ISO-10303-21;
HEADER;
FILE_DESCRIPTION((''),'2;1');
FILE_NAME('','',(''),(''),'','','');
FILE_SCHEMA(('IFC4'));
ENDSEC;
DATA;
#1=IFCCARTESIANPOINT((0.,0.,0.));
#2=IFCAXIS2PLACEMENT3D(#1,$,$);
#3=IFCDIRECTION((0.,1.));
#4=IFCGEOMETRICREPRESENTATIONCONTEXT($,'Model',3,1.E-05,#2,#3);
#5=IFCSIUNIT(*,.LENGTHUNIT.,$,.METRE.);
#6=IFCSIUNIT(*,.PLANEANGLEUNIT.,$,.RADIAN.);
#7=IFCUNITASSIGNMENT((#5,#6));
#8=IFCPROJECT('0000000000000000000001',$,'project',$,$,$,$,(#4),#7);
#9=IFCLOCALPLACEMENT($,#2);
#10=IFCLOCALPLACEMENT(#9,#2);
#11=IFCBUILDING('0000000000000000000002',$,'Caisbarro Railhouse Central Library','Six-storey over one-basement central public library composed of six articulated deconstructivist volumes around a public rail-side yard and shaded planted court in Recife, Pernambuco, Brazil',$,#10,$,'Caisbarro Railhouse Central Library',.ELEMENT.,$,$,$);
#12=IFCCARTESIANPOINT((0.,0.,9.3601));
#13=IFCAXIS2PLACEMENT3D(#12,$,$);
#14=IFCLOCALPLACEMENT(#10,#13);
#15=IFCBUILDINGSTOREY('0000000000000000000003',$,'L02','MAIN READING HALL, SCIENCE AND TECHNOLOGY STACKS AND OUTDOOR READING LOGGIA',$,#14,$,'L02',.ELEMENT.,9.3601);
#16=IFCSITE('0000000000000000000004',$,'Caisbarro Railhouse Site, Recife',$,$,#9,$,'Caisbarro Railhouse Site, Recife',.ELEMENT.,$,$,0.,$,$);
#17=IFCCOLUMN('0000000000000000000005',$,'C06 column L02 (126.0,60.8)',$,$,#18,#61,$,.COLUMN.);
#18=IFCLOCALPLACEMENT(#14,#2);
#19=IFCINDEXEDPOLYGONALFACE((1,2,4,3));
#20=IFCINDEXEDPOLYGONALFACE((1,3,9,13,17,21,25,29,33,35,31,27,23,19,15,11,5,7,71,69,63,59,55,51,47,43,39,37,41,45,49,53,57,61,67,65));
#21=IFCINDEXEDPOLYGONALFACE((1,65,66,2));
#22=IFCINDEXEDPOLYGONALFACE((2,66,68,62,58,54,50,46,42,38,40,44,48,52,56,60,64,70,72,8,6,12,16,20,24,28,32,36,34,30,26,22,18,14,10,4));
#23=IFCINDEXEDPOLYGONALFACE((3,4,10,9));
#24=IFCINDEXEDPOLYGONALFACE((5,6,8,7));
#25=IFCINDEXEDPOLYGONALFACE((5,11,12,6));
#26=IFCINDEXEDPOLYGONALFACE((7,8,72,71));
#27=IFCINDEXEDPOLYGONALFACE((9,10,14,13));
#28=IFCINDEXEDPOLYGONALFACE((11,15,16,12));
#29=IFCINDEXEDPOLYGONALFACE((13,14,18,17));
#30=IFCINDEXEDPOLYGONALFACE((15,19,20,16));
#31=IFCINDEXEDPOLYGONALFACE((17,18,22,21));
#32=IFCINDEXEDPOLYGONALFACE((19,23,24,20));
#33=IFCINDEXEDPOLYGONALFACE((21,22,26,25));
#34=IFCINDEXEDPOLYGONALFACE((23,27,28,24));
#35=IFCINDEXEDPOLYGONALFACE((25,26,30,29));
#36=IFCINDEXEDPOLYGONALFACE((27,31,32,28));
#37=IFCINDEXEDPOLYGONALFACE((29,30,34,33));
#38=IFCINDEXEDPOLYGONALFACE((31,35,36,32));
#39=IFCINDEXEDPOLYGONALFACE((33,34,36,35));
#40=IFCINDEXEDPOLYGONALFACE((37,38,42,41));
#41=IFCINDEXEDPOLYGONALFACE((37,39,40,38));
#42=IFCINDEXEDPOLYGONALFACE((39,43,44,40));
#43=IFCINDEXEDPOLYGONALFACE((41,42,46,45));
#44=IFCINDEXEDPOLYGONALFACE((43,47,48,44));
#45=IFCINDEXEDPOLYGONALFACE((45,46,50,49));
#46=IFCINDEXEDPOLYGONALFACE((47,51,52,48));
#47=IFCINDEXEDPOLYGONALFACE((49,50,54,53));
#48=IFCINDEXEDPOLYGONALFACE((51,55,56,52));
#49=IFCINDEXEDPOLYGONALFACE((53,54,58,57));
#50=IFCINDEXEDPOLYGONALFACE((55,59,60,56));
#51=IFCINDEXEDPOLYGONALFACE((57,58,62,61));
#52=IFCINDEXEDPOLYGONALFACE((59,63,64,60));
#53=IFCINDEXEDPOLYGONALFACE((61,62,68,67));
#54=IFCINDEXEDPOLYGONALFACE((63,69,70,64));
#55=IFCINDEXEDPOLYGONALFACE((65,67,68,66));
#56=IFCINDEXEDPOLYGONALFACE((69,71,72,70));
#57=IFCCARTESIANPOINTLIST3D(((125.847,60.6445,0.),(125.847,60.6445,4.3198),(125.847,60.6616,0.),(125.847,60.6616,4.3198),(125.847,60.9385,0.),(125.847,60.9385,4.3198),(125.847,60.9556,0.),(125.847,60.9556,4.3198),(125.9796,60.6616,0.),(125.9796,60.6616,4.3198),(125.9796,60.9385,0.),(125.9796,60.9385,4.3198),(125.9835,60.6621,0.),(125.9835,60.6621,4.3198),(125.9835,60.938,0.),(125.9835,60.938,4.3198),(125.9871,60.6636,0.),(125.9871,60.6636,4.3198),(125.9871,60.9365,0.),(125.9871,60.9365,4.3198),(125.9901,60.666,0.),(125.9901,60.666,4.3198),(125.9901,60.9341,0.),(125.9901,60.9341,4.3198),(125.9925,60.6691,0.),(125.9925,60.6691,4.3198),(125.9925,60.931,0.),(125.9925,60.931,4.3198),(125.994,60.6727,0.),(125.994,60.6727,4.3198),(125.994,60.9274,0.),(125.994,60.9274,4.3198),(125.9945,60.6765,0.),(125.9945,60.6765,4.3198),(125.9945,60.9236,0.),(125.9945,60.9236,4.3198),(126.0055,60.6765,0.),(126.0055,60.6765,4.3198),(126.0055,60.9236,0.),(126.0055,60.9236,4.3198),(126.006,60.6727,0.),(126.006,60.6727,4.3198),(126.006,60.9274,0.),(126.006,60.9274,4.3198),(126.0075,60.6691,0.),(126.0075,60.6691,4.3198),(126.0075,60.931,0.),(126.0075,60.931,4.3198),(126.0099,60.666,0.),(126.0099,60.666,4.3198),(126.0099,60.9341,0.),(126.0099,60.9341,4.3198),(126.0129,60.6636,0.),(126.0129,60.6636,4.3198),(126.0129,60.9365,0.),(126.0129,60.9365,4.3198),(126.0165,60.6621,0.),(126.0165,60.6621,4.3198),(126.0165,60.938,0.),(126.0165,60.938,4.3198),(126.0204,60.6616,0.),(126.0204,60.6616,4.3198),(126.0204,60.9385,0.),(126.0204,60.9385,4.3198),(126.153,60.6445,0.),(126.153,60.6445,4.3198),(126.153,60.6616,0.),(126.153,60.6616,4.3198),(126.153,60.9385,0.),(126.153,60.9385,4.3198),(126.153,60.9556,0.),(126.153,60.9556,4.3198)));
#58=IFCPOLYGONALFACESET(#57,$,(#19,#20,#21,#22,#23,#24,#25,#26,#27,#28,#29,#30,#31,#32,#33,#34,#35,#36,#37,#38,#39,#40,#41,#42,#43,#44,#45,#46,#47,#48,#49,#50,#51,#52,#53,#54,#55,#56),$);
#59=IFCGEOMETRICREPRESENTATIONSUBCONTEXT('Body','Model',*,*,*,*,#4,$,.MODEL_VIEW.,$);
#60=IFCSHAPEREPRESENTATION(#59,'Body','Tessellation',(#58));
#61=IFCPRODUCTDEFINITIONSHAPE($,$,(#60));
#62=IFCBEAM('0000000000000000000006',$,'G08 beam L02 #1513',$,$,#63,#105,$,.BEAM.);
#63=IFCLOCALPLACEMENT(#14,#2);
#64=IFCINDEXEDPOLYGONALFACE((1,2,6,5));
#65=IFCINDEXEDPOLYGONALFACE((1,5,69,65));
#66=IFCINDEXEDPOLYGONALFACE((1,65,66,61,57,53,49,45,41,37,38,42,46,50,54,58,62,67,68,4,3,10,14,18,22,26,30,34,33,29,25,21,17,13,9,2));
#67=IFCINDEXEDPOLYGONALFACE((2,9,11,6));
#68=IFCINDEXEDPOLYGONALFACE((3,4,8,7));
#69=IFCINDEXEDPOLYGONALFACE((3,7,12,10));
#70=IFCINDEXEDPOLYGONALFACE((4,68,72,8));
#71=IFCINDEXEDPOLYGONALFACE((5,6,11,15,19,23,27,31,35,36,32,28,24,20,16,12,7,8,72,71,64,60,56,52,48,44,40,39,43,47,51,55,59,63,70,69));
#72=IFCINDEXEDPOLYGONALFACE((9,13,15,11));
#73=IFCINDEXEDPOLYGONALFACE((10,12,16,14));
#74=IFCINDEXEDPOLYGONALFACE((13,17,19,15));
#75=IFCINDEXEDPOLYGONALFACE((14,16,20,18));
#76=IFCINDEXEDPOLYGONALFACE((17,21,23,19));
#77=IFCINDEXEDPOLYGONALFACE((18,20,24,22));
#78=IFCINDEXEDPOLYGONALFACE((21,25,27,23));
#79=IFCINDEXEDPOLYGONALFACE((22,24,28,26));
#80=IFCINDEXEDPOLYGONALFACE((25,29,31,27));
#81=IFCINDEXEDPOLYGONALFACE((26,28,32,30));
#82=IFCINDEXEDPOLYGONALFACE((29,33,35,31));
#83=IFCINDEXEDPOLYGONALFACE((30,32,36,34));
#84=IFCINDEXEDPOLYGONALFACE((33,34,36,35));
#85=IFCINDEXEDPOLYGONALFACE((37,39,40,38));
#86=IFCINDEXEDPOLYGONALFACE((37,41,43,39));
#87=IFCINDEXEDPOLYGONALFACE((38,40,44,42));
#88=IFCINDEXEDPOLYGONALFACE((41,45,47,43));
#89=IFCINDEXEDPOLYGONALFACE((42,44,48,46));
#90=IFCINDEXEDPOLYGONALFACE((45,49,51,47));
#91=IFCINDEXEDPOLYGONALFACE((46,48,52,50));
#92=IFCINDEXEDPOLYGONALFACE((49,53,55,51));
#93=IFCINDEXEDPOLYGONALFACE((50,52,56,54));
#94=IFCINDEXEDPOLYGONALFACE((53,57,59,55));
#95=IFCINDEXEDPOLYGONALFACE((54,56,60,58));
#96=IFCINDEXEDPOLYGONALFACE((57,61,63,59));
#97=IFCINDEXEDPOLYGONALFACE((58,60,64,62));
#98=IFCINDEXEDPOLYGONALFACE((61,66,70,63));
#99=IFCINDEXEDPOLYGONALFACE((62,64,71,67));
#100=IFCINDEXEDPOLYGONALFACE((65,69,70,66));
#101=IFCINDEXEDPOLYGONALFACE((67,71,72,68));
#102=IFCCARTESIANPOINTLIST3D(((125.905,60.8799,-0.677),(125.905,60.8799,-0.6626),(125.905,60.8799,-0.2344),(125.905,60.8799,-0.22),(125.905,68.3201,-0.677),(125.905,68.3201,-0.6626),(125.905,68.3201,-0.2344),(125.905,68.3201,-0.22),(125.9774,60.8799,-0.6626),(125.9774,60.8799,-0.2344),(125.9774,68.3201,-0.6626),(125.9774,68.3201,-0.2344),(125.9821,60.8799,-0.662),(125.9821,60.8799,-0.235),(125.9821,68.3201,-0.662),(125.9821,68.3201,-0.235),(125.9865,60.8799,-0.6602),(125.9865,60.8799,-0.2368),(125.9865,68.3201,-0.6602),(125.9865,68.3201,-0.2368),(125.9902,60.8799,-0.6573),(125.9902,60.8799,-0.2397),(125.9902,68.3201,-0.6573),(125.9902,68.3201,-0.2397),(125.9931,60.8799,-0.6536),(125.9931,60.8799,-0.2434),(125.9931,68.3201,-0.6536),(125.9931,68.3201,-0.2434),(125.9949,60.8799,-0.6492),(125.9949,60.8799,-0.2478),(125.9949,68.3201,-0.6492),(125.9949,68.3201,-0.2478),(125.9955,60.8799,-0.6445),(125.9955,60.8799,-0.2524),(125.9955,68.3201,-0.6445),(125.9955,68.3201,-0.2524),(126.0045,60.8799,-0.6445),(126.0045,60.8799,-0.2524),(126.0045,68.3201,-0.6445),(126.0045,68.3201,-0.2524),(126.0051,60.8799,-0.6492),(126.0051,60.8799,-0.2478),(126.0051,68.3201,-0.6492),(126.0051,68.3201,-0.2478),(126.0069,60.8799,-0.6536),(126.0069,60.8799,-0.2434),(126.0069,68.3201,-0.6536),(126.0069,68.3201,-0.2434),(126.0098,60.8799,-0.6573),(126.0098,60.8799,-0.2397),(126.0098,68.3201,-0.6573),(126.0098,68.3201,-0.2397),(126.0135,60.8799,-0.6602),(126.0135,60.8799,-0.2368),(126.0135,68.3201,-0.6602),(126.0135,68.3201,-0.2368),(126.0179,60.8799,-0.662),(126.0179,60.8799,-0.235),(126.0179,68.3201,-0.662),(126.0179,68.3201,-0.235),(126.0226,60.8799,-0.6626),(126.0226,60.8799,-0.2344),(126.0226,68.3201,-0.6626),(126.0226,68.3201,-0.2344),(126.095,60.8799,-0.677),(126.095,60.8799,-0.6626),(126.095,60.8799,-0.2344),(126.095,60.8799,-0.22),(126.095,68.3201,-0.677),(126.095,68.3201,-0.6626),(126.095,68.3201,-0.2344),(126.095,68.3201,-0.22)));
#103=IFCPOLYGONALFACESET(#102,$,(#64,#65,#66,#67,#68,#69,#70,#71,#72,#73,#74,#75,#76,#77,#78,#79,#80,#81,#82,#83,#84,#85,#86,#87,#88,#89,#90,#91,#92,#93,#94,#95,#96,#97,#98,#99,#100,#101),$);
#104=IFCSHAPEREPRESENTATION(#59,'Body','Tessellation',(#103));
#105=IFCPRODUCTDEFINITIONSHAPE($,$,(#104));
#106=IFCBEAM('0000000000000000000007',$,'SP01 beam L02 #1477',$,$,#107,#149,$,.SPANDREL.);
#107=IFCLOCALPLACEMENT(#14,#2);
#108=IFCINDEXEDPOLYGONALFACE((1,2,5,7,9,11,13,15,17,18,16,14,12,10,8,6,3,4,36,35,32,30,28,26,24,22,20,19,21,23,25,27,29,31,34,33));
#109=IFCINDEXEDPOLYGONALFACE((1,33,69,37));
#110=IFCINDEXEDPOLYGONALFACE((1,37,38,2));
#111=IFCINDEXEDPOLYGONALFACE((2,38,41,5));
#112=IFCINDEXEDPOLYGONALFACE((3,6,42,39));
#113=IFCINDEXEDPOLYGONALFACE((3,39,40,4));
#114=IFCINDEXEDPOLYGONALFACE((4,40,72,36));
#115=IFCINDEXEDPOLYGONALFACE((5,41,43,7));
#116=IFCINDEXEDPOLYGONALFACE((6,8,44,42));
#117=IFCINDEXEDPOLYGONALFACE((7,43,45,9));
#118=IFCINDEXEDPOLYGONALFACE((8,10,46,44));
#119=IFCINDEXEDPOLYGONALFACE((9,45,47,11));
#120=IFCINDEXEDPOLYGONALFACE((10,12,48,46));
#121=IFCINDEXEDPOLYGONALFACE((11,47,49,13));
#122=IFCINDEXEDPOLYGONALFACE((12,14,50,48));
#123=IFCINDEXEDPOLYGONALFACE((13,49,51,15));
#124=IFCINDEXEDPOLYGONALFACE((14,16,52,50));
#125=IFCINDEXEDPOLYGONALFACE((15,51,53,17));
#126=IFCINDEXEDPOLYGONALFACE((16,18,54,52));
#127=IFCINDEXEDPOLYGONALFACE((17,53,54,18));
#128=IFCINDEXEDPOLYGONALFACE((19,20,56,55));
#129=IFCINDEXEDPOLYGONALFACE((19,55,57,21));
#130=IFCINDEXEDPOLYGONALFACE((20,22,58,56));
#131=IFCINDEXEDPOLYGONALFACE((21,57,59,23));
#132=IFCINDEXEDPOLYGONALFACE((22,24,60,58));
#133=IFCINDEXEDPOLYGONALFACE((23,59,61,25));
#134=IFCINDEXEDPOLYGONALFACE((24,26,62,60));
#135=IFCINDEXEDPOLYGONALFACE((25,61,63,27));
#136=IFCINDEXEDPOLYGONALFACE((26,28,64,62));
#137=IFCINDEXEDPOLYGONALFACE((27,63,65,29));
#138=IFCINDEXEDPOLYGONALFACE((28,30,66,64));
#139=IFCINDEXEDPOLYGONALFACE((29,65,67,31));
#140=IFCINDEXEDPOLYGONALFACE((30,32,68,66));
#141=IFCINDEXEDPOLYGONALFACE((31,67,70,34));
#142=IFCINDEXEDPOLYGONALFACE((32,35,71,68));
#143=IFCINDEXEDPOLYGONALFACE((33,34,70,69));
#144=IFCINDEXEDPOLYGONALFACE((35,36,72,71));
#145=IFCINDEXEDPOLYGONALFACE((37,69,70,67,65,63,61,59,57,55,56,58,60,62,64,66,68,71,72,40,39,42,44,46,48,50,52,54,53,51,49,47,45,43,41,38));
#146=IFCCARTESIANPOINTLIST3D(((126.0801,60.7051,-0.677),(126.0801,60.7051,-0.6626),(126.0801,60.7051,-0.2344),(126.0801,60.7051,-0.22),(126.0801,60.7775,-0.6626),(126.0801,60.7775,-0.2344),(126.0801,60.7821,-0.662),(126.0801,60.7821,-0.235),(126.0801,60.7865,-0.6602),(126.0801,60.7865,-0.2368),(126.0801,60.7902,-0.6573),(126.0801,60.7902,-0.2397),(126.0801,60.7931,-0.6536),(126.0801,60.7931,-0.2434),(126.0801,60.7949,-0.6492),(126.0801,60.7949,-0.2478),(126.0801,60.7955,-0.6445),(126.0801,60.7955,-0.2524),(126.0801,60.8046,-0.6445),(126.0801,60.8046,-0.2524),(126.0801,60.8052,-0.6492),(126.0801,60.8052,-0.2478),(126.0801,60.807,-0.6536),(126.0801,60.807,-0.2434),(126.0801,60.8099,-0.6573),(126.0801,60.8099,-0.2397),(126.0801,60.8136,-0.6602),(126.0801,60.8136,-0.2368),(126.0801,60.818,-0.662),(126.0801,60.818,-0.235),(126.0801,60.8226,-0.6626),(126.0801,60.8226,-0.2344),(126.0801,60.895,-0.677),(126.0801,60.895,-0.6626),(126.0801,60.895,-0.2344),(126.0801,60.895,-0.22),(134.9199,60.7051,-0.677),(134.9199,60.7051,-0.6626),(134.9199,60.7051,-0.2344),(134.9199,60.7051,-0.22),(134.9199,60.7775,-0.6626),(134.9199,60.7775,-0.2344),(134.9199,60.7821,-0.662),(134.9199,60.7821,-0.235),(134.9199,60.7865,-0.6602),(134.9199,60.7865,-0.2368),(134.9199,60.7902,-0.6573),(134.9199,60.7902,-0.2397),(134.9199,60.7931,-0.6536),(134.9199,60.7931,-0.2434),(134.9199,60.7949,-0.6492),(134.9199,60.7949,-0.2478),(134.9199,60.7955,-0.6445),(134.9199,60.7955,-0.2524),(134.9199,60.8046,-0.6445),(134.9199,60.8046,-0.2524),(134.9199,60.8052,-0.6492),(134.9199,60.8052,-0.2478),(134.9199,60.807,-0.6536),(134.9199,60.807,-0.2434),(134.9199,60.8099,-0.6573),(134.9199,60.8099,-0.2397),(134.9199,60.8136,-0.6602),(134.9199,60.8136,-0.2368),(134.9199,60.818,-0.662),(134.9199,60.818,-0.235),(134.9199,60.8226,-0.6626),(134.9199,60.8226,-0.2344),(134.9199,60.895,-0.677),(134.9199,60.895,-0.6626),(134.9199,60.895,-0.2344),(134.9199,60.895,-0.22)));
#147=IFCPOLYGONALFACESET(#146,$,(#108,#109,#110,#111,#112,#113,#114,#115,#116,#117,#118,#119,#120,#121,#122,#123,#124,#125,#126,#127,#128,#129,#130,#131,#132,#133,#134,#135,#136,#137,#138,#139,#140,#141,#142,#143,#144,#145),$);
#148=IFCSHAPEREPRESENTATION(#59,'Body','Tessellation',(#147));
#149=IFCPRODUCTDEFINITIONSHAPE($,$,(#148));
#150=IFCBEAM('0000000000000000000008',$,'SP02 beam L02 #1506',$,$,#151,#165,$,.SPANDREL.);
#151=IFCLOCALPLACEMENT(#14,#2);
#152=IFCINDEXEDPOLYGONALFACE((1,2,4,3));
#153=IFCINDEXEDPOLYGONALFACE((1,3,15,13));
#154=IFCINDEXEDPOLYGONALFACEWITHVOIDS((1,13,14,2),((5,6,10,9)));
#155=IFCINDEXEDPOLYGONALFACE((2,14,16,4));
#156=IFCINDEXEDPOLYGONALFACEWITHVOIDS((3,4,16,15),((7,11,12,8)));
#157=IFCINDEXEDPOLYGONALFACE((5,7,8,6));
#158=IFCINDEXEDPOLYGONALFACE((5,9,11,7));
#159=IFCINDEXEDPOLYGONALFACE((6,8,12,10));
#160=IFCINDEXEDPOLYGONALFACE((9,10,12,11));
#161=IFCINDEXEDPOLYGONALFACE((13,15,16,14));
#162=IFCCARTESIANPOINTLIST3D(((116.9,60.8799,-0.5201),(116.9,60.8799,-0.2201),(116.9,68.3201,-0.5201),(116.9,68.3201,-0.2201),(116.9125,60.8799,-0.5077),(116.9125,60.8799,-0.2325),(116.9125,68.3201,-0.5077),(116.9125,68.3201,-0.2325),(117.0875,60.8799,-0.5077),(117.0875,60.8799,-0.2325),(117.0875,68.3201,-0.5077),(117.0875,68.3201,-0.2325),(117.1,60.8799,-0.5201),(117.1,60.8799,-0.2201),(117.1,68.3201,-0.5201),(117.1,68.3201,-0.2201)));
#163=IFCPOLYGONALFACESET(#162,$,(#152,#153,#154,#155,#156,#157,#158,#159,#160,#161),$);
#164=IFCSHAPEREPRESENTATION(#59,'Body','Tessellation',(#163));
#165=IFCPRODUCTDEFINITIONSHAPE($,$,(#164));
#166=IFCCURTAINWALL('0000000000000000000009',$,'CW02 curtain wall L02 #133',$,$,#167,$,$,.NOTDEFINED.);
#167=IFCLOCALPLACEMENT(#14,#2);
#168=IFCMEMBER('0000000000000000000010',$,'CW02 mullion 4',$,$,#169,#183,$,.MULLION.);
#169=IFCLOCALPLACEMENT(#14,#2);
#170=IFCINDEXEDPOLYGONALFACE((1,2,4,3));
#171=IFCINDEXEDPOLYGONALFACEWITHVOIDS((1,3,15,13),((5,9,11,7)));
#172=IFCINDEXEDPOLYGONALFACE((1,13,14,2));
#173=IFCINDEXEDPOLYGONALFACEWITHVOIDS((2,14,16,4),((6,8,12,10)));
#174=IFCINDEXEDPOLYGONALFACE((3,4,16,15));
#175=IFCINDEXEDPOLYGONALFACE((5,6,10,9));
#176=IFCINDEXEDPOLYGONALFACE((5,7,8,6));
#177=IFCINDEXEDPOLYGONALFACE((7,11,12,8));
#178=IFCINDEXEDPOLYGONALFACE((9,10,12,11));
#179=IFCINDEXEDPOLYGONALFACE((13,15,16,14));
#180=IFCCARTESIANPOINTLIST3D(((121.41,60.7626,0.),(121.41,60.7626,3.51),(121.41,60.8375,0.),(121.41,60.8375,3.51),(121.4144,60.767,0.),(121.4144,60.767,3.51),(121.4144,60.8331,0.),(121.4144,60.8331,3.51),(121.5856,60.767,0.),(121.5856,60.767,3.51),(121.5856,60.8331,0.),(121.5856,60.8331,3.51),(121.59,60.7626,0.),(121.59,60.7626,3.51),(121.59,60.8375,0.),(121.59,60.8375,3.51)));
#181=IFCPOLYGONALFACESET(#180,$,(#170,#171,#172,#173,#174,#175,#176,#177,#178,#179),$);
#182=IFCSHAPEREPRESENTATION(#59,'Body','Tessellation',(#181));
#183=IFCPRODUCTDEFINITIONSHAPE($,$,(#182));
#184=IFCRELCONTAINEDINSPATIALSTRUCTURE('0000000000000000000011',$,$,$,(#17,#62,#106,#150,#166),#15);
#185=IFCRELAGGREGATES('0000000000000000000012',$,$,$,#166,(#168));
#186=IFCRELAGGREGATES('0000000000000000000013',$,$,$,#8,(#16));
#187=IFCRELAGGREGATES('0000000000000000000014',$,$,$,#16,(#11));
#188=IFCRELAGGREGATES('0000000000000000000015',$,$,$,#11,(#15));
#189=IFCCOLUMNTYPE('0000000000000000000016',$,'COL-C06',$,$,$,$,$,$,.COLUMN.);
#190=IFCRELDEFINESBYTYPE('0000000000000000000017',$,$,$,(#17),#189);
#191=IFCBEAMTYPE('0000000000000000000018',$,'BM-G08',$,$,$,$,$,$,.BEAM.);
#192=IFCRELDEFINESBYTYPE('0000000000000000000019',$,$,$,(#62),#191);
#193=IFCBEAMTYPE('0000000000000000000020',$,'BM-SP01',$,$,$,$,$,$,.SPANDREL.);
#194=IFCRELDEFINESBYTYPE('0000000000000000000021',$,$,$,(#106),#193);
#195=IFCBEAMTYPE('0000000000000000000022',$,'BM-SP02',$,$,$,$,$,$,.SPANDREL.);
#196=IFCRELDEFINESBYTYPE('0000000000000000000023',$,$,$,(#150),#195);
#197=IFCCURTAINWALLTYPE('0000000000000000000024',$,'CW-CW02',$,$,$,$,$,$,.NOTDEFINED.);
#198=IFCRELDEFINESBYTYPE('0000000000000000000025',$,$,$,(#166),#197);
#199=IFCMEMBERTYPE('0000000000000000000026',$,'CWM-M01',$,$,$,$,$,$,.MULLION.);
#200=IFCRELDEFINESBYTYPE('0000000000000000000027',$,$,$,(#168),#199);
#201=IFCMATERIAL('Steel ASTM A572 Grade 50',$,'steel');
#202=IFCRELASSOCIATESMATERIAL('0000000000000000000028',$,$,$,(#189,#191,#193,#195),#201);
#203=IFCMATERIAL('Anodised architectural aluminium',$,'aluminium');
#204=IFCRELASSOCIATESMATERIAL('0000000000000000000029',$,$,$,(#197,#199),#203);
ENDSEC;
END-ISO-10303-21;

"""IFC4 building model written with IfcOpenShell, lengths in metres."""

from ifc_helpers import new_model, si_unit, direction, frame, origin, origin_2d, place, context, subcontext, project, spatial, hollow_rectangle, i_section, extrude, material, material_profile, profile_set, type_object, element, aggregate, save


model = new_model("IFC4")

# Units and contexts
model_context = context("Model", 3, precision=1e-05, world=origin(), true_north=direction((0.0, 1.0)))
body_context = subcontext(model_context, "Body", "Model", "MODEL_VIEW")
ifc_project = project(units=[si_unit("LENGTHUNIT", "METRE"), si_unit("PLANEANGLEUNIT", "RADIAN")], contexts=[model_context])

# Site, building, storey
site_placement = place(None, origin())
site = spatial("IfcSite", under=ifc_project, at=site_placement, Name="Caisbarro Railhouse Site, Recife", LongName="Caisbarro Railhouse Site, Recife", CompositionType="ELEMENT", RefElevation=0.0)
building_placement = place(site_placement, origin())
building = spatial("IfcBuilding", under=site, at=building_placement, Name="Caisbarro Railhouse Central Library", Description="Six-storey over one-basement central public library composed of six articulated deconstructivist volumes around a public rail-side yard and shaded planted court in Recife, Pernambuco, Brazil", LongName="Caisbarro Railhouse Central Library", CompositionType="ELEMENT")
storey_placement = place(building_placement, frame((0.0, 0.0, 9.3601)))
storey = spatial("IfcBuildingStorey", under=building, at=storey_placement, Name="L02", Description="MAIN READING HALL, SCIENCE AND TECHNOLOGY STACKS AND OUTDOOR READING LOGGIA", LongName="L02", CompositionType="ELEMENT", Elevation=9.3601)

# Column
ifc_material_1 = material(Name="Steel ASTM A572 Grade 50", Category="steel")
ifc_material_profile_1 = material_profile(ifc_material_1, i_section(OverallWidth=0.3059, OverallDepth=0.311, WebThickness=0.011, FlangeThickness=0.0171, FilletRadius=0.0149, at=origin_2d()), Name="W310X107.0")
ifc_profile_set_1 = profile_set([ifc_material_profile_1], Name="Steel ASTM A572 Grade 50")
column_type = type_object("IfcColumnType", Name="COL-C06", PredefinedType="COLUMN", material=ifc_profile_set_1)
column_placement = place(storey_placement, frame((126.0, 60.8, 0.0), z_axis=(0.0, 0.0, 1.0), x_axis=(1.0, 0.0, 0.0)))
element("IfcColumn", 1, at=column_placement, inside=storey, type_object=column_type, Name="C06 column L02 (126.0,60.8)", PredefinedType="COLUMN", context=body_context, shape_type="SweptSolid", body=[
    extrude(i_section(OverallWidth=0.3059, OverallDepth=0.311, WebThickness=0.011, FlangeThickness=0.0171, FilletRadius=0.0149, at=origin_2d()), origin(), (0.0, 0.0, 1.0), 4.3198),
])

# Beams
ifc_material_profile_2 = material_profile(ifc_material_1, i_section(OverallWidth=0.1899, OverallDepth=0.457, WebThickness=0.009, FlangeThickness=0.0144, FilletRadius=0.0181, at=origin_2d()), Name="W460X74.0")
ifc_profile_set_2 = profile_set([ifc_material_profile_2], Name="Steel ASTM A572 Grade 50")
beam_type_1 = type_object("IfcBeamType", Name="BM-G08", PredefinedType="BEAM", material=ifc_profile_set_2)
beam_1_placement = place(storey_placement, frame((126.0, 60.8799, -0.4485), z_axis=(0.0, 1.0, 0.0), x_axis=(-1.0, 0.0, 0.0)))
element("IfcBeam", 2, at=beam_1_placement, inside=storey, type_object=beam_type_1, Name="G08 beam L02 #1513", PredefinedType="BEAM", context=body_context, shape_type="SweptSolid", body=[
    extrude(i_section(OverallWidth=0.1899, OverallDepth=0.457, WebThickness=0.009, FlangeThickness=0.0144, FilletRadius=0.0181, at=origin_2d()), origin(), (0.0, 0.0, 1.0), 7.4402),
])
ifc_material_profile_3 = material_profile(ifc_material_1, i_section(OverallWidth=0.1899, OverallDepth=0.457, WebThickness=0.009, FlangeThickness=0.0144, FilletRadius=0.0181, at=origin_2d()), Name="W460X74.0")
ifc_profile_set_3 = profile_set([ifc_material_profile_3], Name="Steel ASTM A572 Grade 50")
beam_type_2 = type_object("IfcBeamType", Name="BM-SP01", PredefinedType="SPANDREL", material=ifc_profile_set_3)
beam_2_placement = place(storey_placement, frame((126.0801, 60.8, -0.4485), z_axis=(1.0, 0.0, 0.0), x_axis=(0.0, 1.0, 0.0)))
element("IfcBeam", 3, at=beam_2_placement, inside=storey, type_object=beam_type_2, Name="SP01 beam L02 #1477", PredefinedType="SPANDREL", context=body_context, shape_type="SweptSolid", body=[
    extrude(i_section(OverallWidth=0.1899, OverallDepth=0.457, WebThickness=0.009, FlangeThickness=0.0144, FilletRadius=0.0181, at=origin_2d()), origin(), (0.0, 0.0, 1.0), 8.8398),
])
ifc_material_profile_4 = material_profile(ifc_material_1, hollow_rectangle(XDim=0.2, YDim=0.3, WallThickness=0.0125, at=origin_2d()), Name="HSS300X200X12.5")
ifc_profile_set_4 = profile_set([ifc_material_profile_4], Name="Steel ASTM A572 Grade 50")
beam_type_3 = type_object("IfcBeamType", Name="BM-SP02", PredefinedType="SPANDREL", material=ifc_profile_set_4)
beam_3_placement = place(storey_placement, frame((117.0, 60.8799, -0.3701), z_axis=(0.0, 1.0, 0.0), x_axis=(-1.0, 0.0, 0.0)))
element("IfcBeam", 4, at=beam_3_placement, inside=storey, type_object=beam_type_3, Name="SP02 beam L02 #1506", PredefinedType="SPANDREL", context=body_context, shape_type="SweptSolid", body=[
    extrude(hollow_rectangle(XDim=0.2, YDim=0.3, WallThickness=0.0125, at=origin_2d()), origin(), (0.0, 0.0, 1.0), 7.4402),
])

# Curtain wall, member
ifc_material_2 = material(Name="Anodised architectural aluminium", Category="aluminium")
curtain_wall_type = type_object("IfcCurtainWallType", Name="CW-CW02", PredefinedType="NOTDEFINED", material=ifc_material_2)
curtain_wall_placement = place(storey_placement, origin())
curtain_wall = element("IfcCurtainWall", 5, at=curtain_wall_placement, inside=storey, type_object=curtain_wall_type, Name="CW02 curtain wall L02 #133", PredefinedType="NOTDEFINED")
ifc_material_profile_5 = material_profile(ifc_material_2, hollow_rectangle(XDim=0.075, YDim=0.1799, WallThickness=0.0044, at=origin_2d()), Name="ALU-MUL-75X180")
ifc_profile_set_5 = profile_set([ifc_material_profile_5], Name="Anodised architectural aluminium")
member_type_1 = type_object("IfcMemberType", Name="CWM-M01", PredefinedType="MULLION", material=ifc_profile_set_5)
member_1_placement = place(storey_placement, frame((121.5, 60.8, 0.0), z_axis=(0.0, 0.0, 1.0), x_axis=(0.0, 1.0, 0.0)))
member_1 = element("IfcMember", 6, at=member_1_placement, type_object=member_type_1, Name="CW02 mullion 4", PredefinedType="MULLION", context=body_context, shape_type="SweptSolid", body=[
    extrude(hollow_rectangle(XDim=0.075, YDim=0.1799, WallThickness=0.0044, at=origin_2d()), origin(), (0.0, 0.0, 1.0), 3.51),
])
aggregate(curtain_wall, [member_1])

save(model, "model.ifc")
